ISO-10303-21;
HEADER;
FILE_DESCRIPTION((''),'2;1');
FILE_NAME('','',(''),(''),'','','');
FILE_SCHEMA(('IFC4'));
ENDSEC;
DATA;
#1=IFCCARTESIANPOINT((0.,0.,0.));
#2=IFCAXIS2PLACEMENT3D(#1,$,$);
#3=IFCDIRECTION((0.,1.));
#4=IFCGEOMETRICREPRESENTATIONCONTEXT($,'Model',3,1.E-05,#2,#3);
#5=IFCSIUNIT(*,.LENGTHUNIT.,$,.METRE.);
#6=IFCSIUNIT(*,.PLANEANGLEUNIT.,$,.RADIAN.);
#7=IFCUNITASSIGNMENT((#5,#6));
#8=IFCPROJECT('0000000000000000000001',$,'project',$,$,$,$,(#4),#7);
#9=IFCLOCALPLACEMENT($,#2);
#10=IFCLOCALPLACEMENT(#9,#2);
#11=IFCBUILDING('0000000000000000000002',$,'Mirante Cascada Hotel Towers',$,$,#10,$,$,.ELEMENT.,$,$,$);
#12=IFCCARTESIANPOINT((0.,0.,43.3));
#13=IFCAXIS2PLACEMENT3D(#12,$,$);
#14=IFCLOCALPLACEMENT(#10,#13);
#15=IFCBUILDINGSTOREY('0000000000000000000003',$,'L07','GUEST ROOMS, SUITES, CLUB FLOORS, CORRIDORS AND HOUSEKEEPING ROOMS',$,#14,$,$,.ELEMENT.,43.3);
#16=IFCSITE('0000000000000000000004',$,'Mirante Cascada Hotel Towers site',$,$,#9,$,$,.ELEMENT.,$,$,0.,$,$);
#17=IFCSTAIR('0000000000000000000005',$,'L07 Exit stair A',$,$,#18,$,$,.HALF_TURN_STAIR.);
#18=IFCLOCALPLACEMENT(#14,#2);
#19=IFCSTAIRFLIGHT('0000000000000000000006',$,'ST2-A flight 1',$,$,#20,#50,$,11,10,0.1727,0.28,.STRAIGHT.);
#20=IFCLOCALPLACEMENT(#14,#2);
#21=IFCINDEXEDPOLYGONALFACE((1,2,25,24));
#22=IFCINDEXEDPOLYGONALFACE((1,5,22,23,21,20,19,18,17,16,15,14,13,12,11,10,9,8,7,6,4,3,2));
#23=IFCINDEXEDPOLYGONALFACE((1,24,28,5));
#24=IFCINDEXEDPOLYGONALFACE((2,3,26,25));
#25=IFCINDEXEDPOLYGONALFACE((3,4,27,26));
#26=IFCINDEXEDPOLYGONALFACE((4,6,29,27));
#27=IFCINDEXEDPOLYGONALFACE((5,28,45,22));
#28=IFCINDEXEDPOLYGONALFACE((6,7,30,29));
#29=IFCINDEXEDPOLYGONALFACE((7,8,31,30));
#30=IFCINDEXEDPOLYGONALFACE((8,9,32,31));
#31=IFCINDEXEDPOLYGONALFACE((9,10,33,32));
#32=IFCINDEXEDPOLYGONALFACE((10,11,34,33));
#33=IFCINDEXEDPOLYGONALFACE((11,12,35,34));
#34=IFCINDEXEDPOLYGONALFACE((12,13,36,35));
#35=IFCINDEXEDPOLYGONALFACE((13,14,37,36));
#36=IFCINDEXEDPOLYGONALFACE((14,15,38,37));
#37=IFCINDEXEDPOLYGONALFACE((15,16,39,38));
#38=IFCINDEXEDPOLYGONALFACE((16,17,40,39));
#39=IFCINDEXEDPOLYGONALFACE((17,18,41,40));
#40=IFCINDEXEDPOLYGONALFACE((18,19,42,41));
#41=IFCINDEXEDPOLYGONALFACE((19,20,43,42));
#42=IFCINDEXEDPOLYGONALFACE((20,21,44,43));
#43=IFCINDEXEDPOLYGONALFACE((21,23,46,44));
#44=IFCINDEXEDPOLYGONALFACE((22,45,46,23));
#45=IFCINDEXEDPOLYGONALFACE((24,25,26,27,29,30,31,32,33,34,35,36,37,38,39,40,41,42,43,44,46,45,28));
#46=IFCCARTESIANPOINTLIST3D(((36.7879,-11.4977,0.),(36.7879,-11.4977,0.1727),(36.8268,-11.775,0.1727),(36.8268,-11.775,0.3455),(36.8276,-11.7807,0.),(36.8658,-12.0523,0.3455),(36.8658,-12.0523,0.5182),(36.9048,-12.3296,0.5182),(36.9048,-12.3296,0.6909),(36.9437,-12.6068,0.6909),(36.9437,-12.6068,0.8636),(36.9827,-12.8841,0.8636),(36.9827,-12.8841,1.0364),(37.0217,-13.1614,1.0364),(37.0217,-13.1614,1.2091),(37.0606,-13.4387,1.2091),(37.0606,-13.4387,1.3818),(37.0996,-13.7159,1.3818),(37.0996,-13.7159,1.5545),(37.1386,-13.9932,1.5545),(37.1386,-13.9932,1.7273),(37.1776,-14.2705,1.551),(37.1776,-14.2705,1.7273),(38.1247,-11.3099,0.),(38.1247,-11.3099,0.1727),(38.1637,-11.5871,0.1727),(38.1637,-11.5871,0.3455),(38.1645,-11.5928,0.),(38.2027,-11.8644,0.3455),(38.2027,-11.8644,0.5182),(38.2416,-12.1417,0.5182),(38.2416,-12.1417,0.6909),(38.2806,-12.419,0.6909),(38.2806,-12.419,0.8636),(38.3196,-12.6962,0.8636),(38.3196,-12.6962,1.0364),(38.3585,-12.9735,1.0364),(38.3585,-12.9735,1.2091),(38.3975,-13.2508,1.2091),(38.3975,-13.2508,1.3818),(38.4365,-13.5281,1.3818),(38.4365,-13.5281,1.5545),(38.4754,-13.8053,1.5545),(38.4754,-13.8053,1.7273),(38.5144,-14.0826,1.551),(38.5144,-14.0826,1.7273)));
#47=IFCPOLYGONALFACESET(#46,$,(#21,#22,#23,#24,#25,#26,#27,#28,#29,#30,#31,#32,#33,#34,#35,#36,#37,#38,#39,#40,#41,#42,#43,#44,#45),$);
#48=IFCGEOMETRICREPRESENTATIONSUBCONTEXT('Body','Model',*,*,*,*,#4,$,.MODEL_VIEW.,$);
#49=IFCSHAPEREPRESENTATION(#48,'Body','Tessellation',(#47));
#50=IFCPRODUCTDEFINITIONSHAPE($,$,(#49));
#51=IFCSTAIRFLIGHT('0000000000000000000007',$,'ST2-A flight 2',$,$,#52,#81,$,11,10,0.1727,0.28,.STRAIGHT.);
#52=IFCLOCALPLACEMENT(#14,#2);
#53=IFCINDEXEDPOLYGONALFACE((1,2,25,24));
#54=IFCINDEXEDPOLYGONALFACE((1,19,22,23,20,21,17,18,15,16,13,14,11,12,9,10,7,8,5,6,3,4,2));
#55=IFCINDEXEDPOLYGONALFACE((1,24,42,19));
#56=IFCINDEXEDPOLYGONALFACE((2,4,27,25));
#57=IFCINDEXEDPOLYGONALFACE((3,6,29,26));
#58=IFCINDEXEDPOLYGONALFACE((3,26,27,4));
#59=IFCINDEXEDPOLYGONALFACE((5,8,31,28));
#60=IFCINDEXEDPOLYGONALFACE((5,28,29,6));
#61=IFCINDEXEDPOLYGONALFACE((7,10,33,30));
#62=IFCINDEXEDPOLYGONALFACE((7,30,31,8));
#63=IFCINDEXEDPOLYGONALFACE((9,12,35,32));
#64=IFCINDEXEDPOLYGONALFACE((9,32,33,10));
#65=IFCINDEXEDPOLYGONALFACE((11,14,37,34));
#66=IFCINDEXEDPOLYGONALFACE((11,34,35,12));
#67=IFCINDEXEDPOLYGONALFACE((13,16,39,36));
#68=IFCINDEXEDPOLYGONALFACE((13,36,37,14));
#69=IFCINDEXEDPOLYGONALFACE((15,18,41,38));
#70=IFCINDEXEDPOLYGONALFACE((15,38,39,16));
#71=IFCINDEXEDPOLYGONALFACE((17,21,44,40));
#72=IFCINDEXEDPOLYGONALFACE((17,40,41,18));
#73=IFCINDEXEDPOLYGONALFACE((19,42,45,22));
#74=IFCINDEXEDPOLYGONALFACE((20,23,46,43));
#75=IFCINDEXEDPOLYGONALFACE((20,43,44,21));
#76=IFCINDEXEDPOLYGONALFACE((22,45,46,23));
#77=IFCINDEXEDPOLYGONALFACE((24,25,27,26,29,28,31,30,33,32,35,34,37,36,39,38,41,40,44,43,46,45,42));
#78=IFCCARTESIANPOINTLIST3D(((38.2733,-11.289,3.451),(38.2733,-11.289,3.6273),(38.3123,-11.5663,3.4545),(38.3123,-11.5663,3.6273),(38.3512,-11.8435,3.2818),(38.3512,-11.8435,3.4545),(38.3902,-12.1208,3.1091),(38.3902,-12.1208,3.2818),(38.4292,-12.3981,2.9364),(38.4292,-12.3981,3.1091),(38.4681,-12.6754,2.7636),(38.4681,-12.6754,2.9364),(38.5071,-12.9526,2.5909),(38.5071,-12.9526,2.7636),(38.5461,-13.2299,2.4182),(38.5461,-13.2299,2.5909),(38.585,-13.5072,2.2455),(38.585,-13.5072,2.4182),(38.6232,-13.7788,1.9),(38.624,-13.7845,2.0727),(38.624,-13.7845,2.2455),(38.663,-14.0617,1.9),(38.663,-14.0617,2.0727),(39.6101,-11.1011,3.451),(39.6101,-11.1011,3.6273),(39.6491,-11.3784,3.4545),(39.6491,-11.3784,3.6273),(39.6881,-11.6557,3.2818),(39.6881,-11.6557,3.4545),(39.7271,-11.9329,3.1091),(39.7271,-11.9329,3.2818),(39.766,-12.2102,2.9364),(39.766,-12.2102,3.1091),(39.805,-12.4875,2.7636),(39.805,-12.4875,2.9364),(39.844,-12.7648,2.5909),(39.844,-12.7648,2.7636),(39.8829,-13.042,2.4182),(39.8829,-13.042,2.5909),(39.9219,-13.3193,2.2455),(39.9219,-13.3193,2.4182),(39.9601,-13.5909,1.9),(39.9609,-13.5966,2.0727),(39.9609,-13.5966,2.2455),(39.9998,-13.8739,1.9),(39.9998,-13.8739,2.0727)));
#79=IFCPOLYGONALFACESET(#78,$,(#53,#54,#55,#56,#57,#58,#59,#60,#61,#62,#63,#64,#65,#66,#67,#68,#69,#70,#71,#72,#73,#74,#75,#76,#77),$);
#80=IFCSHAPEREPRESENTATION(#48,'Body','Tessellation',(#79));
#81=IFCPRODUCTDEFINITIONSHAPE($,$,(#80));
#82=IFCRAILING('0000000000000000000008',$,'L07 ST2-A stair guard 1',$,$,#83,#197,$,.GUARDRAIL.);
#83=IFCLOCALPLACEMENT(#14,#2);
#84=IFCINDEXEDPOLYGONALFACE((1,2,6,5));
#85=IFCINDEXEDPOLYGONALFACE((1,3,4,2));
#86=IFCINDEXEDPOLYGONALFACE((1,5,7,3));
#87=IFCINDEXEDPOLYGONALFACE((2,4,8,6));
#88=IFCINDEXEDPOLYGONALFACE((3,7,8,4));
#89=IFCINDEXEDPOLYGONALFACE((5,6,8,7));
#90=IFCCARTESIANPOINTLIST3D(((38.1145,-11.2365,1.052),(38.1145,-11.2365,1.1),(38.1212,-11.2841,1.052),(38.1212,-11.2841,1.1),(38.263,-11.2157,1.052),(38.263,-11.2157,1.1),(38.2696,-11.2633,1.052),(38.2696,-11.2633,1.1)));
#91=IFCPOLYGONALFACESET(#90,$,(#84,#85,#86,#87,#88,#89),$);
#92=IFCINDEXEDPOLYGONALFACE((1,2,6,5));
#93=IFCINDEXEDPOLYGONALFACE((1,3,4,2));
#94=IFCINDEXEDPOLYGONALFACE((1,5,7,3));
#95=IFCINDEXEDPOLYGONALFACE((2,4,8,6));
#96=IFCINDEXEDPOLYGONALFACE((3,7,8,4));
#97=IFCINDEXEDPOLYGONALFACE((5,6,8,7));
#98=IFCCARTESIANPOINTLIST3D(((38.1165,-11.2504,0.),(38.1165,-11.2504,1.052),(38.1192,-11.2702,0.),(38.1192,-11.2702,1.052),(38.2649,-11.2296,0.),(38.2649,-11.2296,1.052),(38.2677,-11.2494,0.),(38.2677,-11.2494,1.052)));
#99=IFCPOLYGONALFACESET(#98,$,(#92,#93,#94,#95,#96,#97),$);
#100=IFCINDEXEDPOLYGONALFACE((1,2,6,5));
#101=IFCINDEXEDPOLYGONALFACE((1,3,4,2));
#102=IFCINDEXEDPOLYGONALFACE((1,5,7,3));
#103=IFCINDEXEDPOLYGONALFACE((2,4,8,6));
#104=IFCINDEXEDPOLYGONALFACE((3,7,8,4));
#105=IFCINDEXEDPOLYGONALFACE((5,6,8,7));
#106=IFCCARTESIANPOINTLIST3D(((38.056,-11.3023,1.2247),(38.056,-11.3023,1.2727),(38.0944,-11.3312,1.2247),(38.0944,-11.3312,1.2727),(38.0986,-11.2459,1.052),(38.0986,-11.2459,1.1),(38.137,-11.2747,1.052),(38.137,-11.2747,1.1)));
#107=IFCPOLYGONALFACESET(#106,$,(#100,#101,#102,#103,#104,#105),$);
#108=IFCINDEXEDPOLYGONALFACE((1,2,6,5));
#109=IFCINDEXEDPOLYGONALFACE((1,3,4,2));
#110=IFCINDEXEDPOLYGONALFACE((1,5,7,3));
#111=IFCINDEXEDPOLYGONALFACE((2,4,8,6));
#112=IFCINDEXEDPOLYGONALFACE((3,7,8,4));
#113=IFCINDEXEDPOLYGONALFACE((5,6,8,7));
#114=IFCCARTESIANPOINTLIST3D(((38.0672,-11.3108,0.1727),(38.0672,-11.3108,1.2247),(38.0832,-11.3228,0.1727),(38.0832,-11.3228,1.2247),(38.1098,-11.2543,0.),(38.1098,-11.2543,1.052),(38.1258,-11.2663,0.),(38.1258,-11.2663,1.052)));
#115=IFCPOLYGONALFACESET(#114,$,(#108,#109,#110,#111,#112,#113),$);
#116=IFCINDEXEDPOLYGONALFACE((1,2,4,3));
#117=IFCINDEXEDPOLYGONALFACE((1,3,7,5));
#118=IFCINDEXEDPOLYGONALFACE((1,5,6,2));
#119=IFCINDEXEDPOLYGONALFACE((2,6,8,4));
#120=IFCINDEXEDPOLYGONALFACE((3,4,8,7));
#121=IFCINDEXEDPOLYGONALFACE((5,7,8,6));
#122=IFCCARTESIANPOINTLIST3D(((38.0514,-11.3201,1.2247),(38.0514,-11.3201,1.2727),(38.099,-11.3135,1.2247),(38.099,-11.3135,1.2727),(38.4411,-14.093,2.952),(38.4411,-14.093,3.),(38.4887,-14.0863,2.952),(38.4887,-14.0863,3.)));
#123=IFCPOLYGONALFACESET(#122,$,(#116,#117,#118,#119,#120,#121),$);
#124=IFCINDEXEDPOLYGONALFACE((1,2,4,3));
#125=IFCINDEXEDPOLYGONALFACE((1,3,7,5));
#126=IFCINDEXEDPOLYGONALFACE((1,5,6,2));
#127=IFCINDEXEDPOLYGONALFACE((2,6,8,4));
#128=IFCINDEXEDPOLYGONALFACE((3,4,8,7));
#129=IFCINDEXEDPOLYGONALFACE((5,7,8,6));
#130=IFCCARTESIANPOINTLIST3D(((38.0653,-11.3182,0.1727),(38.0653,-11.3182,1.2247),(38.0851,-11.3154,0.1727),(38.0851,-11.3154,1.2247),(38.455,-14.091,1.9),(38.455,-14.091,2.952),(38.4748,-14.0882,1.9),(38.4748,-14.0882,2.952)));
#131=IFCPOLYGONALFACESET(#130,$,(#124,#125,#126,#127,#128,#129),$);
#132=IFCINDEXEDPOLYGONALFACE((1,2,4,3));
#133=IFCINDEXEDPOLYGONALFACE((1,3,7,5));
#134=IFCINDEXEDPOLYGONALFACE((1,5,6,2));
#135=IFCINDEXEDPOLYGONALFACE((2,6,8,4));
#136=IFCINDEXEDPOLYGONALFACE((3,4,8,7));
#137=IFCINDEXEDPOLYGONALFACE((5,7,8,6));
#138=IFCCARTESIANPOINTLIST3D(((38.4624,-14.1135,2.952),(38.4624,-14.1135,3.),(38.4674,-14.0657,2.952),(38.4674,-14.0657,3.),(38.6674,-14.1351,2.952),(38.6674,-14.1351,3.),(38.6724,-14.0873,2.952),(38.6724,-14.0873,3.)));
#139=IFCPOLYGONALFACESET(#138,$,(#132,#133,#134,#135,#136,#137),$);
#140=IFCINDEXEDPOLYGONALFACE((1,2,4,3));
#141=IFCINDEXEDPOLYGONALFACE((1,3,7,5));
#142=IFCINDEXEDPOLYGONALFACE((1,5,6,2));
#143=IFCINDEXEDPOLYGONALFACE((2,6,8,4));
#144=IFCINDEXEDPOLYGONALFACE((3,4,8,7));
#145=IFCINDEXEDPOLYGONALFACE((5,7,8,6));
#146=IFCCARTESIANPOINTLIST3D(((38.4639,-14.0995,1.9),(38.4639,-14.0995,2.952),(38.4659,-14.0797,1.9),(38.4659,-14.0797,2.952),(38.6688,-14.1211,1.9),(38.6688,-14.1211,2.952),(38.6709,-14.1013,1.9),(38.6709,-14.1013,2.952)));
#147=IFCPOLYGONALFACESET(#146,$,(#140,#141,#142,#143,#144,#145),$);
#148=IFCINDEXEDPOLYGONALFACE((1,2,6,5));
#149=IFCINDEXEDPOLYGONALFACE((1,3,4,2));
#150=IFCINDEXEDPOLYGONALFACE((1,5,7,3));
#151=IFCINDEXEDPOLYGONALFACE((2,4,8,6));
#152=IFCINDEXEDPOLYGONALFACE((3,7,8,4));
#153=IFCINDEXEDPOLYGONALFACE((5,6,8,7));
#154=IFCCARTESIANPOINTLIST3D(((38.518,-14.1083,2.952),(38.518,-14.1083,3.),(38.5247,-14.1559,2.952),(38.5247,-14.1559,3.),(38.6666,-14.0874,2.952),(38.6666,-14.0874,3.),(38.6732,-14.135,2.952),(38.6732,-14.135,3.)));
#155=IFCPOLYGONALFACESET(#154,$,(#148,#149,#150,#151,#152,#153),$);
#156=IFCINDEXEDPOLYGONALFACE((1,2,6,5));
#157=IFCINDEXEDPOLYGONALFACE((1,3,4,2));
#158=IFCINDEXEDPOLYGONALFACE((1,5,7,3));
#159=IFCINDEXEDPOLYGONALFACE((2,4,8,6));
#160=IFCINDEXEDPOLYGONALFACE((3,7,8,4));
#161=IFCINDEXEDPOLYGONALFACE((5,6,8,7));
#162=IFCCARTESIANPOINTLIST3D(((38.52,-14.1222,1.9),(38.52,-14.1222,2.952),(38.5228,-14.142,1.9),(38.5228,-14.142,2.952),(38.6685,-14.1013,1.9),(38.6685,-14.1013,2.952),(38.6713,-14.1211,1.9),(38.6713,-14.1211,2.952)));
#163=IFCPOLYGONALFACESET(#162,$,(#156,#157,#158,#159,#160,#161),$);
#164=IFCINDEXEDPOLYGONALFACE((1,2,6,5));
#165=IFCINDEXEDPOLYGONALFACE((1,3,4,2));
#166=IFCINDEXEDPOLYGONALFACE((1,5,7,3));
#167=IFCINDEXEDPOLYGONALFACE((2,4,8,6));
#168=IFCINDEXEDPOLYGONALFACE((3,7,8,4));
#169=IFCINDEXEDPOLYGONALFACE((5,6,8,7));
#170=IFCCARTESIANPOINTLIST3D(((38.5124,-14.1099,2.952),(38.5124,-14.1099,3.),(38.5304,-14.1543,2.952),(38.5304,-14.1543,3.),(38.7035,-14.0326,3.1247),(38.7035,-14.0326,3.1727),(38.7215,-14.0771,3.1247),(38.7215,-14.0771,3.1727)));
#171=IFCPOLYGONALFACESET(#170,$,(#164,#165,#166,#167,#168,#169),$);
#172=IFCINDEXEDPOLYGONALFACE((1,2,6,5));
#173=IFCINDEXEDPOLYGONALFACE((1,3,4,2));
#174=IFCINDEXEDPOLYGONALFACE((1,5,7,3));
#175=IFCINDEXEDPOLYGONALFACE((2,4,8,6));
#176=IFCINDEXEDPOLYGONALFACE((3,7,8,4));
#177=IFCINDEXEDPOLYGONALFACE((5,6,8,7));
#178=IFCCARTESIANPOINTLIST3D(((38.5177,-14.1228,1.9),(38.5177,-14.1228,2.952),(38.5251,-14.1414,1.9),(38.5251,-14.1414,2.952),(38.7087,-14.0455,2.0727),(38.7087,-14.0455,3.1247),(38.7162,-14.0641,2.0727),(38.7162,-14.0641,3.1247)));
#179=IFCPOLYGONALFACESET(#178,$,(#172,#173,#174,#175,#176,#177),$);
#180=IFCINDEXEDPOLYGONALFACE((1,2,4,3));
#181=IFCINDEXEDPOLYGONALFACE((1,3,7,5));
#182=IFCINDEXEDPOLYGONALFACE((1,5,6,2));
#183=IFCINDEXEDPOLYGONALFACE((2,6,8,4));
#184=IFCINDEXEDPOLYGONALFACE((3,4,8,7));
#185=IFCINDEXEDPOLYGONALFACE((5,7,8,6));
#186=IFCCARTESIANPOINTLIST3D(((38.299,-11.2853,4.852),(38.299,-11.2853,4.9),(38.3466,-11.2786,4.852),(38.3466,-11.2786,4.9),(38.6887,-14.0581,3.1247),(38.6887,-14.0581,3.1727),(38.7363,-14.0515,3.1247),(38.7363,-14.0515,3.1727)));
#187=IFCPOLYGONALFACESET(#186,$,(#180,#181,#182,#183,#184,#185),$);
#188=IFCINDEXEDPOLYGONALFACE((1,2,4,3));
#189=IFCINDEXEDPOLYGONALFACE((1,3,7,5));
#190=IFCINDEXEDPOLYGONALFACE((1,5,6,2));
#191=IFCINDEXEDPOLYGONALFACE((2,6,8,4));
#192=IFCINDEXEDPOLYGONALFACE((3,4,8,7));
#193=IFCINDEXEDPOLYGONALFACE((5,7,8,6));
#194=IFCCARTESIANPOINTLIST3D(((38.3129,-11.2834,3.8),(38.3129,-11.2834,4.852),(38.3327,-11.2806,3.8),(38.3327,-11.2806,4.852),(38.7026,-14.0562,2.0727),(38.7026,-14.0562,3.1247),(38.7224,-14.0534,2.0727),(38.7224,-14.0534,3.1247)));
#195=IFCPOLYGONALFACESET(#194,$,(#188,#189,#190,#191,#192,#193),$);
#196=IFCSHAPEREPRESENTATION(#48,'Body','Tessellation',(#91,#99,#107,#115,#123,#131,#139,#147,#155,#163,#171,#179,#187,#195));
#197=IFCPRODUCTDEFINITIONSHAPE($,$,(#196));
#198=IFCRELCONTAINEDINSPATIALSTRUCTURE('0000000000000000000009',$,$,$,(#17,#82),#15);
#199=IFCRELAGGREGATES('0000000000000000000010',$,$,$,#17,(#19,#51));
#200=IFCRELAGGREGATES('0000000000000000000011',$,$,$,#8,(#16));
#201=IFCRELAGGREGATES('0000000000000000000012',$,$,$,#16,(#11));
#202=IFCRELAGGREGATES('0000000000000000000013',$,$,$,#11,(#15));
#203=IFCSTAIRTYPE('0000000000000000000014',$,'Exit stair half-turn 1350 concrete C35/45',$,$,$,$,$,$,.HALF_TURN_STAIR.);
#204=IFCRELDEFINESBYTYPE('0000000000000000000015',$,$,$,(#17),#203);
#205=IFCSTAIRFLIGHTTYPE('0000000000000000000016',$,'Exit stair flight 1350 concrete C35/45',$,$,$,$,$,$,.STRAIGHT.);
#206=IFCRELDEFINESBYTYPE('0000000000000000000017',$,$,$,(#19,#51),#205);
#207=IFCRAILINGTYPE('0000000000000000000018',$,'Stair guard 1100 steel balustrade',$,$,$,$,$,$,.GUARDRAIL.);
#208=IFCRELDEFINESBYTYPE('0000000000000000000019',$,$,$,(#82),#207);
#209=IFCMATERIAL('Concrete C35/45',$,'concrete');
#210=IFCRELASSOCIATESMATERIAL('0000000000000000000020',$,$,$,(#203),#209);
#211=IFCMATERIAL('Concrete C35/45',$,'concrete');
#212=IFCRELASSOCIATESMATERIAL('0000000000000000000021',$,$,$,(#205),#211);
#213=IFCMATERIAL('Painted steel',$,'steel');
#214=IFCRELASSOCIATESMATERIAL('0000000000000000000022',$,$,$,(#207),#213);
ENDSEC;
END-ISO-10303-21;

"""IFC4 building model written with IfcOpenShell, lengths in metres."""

from ifc_helpers import new_model, si_unit, direction, frame, origin, origin_2d, place, context, subcontext, project, spatial, polyline, rectangle, outline, extrude, material, type_object, element, aggregate, save


model = new_model("IFC4")

# Units and contexts
model_context = context("Model", 3, precision=1e-05, world=origin(), true_north=direction((0.0, 1.0)))
body_context = subcontext(model_context, "Body", "Model", "MODEL_VIEW")
ifc_project = project(units=[si_unit("LENGTHUNIT", "METRE"), si_unit("PLANEANGLEUNIT", "RADIAN")], contexts=[model_context])

# Site, building, storey
site_placement = place(None, origin())
site = spatial("IfcSite", under=ifc_project, at=site_placement, Name="Mirante Cascada Hotel Towers site", CompositionType="ELEMENT", RefElevation=0.0)
building_placement = place(site_placement, origin())
building = spatial("IfcBuilding", under=site, at=building_placement, Name="Mirante Cascada Hotel Towers", CompositionType="ELEMENT")
storey_placement = place(building_placement, frame((0.0, 0.0, 43.3)))
storey = spatial("IfcBuildingStorey", under=building, at=storey_placement, Name="L07", Description="GUEST ROOMS, SUITES, CLUB FLOORS, CORRIDORS AND HOUSEKEEPING ROOMS", CompositionType="ELEMENT", Elevation=43.3)

# Stair, stair flights
ifc_material_1 = material(Name="Concrete C35/45", Category="concrete")
stair_type = type_object("IfcStairType", Name="Exit stair half-turn 1350 concrete C35/45", PredefinedType="HALF_TURN_STAIR", material=ifc_material_1)
stair_placement = place(storey_placement, origin())
stair = element("IfcStair", 1, at=stair_placement, inside=storey, type_object=stair_type, Name="L07 Exit stair A", PredefinedType="HALF_TURN_STAIR")
ifc_material_2 = material(Name="Concrete C35/45", Category="concrete")
stair_flight_type = type_object("IfcStairFlightType", Name="Exit stair flight 1350 concrete C35/45", PredefinedType="STRAIGHT", material=ifc_material_2)
stair_flight_1_placement = place(storey_placement, frame((37.4563, -11.4038, 0.0), z_axis=(0.0, 0.0, 1.0), x_axis=(0.139173, -0.990268, 0.0)))
stair_flight_1 = element("IfcStairFlight", 2, at=stair_flight_1_placement, type_object=stair_flight_type, Name="ST2-A flight 1", NumberOfRisers=11, NumberOfTreads=10, PredefinedType="STRAIGHT", RiserHeight=0.1727, TreadLength=0.28, context=body_context, shape_type="SweptSolid", body=[
    extrude(outline(polyline([(0.0, 0.0), (0.0, 0.1727), (0.28, 0.1727), (0.28, 0.3455), (0.56, 0.3455), (0.56, 0.5182), (0.84, 0.5182), (0.84, 0.6909), (1.12, 0.6909), (1.12, 0.8636), (1.4, 0.8636), (1.4, 1.0364), (1.68, 1.0364), (1.68, 1.2091), (1.96, 1.2091), (1.96, 1.3818), (2.24, 1.3818), (2.24, 1.5545), (2.52, 1.5545), (2.52, 1.7273), (2.8, 1.7273), (2.8, 1.9), (2.8, 1.551), (0.2857, 0.0), (0.0, 0.0)])), frame((0.0, 0.675, 0.0), z_axis=(0.0, -1.0, 0.0), x_axis=(1.0, 0.0, 0.0)), (0.0, 0.0, 1.0), 1.35),
])
stair_flight_2_placement = place(storey_placement, frame((39.3314, -13.9678, 1.9), z_axis=(0.0, 0.0, 1.0), x_axis=(-0.139173, 0.990268, 0.0)))
stair_flight_2 = element("IfcStairFlight", 3, at=stair_flight_2_placement, type_object=stair_flight_type, Name="ST2-A flight 2", NumberOfRisers=11, NumberOfTreads=10, PredefinedType="STRAIGHT", RiserHeight=0.1727, TreadLength=0.28, context=body_context, shape_type="SweptSolid", body=[
    extrude(outline(polyline([(0.0, 0.0), (0.0, 0.1727), (0.28, 0.1727), (0.28, 0.3455), (0.56, 0.3455), (0.56, 0.5182), (0.84, 0.5182), (0.84, 0.6909), (1.12, 0.6909), (1.12, 0.8636), (1.4, 0.8636), (1.4, 1.0364), (1.68, 1.0364), (1.68, 1.2091), (1.96, 1.2091), (1.96, 1.3818), (2.24, 1.3818), (2.24, 1.5545), (2.52, 1.5545), (2.52, 1.7273), (2.8, 1.7273), (2.8, 1.9), (2.8, 1.551), (0.2857, 0.0), (0.0, 0.0)])), frame((0.0, 0.675, 0.0), z_axis=(0.0, -1.0, 0.0), x_axis=(1.0, 0.0, 0.0)), (0.0, 0.0, 1.0), 1.35),
])
aggregate(stair, [stair_flight_1, stair_flight_2])

# Railing
ifc_material_3 = material(Name="Painted steel", Category="steel")
railing_type_1 = type_object("IfcRailingType", Name="Stair guard 1100 steel balustrade", PredefinedType="GUARDRAIL", material=ifc_material_3)
railing_1_placement = place(storey_placement, frame((38.2663, -11.2395, 0.0)))
element("IfcRailing", 4, at=railing_1_placement, inside=storey, type_object=railing_type_1, Name="L07 ST2-A stair guard 1", PredefinedType="GUARDRAIL", context=body_context, shape_type="SweptSolid", body=[
    extrude(rectangle(XDim=0.048, YDim=0.048, at=origin_2d()), frame((0.0, 0.0, 1.076), z_axis=(-0.990333, -0.138713, 0.0), x_axis=(0.138713, -0.990333, 0.0)), (0.0, 0.0, 1.0), 0.1499),
    extrude(rectangle(XDim=0.02, YDim=1.052, at=origin_2d()), frame((0.0, 0.0, 0.526), z_axis=(-0.990333, -0.138713, 0.0), x_axis=(0.138713, -0.990333, 0.0)), (0.0, 0.0, 1.0), 0.1499),
    extrude(rectangle(XDim=0.048, YDim=0.048, at=origin_2d()), frame((-0.1485, -0.0208, 1.076), z_axis=(-0.602033, -0.798471, 0.0), x_axis=(0.798471, -0.602033, 0.0)), (0.0, 0.92534, 0.379139), 0.1866),
    extrude(rectangle(XDim=0.02, YDim=1.052, at=origin_2d()), frame((-0.1485, -0.0208, 0.526), z_axis=(-0.602033, -0.798471, 0.0), x_axis=(0.798471, -0.602033, 0.0)), (0.0, 0.92534, 0.379139), 0.1866),
    extrude(rectangle(XDim=0.048, YDim=0.048, at=origin_2d()), frame((-0.1911, -0.0773, 1.2487), z_axis=(0.139176, -0.990268, 0.0), x_axis=(0.990268, 0.139176, 0.0)), (0.0, 0.525021, 0.851089), 3.29),
    extrude(rectangle(XDim=0.02, YDim=1.052, at=origin_2d()), frame((-0.1911, -0.0773, 0.6987), z_axis=(0.139176, -0.990268, 0.0), x_axis=(0.990268, 0.139176, 0.0)), (0.0, 0.525021, 0.851089), 3.29),
    extrude(rectangle(XDim=0.048, YDim=0.048, at=origin_2d()), frame((0.1986, -2.8501, 2.976), z_axis=(0.994495, -0.104786, 0.0), x_axis=(0.104786, 0.994495, 0.0)), (0.0, 0.0, 1.0), 0.2061),
    extrude(rectangle(XDim=0.02, YDim=1.052, at=origin_2d()), frame((0.1986, -2.8501, 2.426), z_axis=(0.994495, -0.104786, 0.0), x_axis=(0.104786, 0.994495, 0.0)), (0.0, 0.0, 1.0), 0.2061),
    extrude(rectangle(XDim=0.048, YDim=0.048, at=origin_2d()), frame((0.4036, -2.8717, 2.976), z_axis=(-0.990241, -0.139367, 0.0), x_axis=(0.139367, -0.990241, 0.0)), (0.0, 0.0, 1.0), 0.15),
    extrude(rectangle(XDim=0.02, YDim=1.052, at=origin_2d()), frame((0.4036, -2.8717, 2.426), z_axis=(-0.990241, -0.139367, 0.0), x_axis=(0.139367, -0.990241, 0.0)), (0.0, 0.0, 1.0), 0.15),
    extrude(rectangle(XDim=0.048, YDim=0.048, at=origin_2d()), frame((0.2551, -2.8926, 2.976), z_axis=(0.927031, 0.374984, 0.0), x_axis=(-0.374984, 0.927031, 0.0)), (0.0, 0.64219, 0.766545), 0.2689),
    extrude(rectangle(XDim=0.02, YDim=1.052, at=origin_2d()), frame((0.2551, -2.8926, 2.426), z_axis=(0.927031, 0.374984, 0.0), x_axis=(-0.374984, 0.927031, 0.0)), (0.0, 0.64219, 0.766545), 0.2689),
    extrude(rectangle(XDim=0.048, YDim=0.048, at=origin_2d()), frame((0.4462, -2.8153, 3.1487), z_axis=(-0.139176, 0.990268, 0.0), x_axis=(-0.990268, -0.139176, 0.0)), (0.0, 0.525021, 0.851089), 3.29),
    extrude(rectangle(XDim=0.02, YDim=1.052, at=origin_2d()), frame((0.4462, -2.8153, 2.5987), z_axis=(-0.139176, 0.990268, 0.0), x_axis=(-0.990268, -0.139176, 0.0)), (0.0, 0.525021, 0.851089), 3.29),
])

save(model, "model.ifc")
